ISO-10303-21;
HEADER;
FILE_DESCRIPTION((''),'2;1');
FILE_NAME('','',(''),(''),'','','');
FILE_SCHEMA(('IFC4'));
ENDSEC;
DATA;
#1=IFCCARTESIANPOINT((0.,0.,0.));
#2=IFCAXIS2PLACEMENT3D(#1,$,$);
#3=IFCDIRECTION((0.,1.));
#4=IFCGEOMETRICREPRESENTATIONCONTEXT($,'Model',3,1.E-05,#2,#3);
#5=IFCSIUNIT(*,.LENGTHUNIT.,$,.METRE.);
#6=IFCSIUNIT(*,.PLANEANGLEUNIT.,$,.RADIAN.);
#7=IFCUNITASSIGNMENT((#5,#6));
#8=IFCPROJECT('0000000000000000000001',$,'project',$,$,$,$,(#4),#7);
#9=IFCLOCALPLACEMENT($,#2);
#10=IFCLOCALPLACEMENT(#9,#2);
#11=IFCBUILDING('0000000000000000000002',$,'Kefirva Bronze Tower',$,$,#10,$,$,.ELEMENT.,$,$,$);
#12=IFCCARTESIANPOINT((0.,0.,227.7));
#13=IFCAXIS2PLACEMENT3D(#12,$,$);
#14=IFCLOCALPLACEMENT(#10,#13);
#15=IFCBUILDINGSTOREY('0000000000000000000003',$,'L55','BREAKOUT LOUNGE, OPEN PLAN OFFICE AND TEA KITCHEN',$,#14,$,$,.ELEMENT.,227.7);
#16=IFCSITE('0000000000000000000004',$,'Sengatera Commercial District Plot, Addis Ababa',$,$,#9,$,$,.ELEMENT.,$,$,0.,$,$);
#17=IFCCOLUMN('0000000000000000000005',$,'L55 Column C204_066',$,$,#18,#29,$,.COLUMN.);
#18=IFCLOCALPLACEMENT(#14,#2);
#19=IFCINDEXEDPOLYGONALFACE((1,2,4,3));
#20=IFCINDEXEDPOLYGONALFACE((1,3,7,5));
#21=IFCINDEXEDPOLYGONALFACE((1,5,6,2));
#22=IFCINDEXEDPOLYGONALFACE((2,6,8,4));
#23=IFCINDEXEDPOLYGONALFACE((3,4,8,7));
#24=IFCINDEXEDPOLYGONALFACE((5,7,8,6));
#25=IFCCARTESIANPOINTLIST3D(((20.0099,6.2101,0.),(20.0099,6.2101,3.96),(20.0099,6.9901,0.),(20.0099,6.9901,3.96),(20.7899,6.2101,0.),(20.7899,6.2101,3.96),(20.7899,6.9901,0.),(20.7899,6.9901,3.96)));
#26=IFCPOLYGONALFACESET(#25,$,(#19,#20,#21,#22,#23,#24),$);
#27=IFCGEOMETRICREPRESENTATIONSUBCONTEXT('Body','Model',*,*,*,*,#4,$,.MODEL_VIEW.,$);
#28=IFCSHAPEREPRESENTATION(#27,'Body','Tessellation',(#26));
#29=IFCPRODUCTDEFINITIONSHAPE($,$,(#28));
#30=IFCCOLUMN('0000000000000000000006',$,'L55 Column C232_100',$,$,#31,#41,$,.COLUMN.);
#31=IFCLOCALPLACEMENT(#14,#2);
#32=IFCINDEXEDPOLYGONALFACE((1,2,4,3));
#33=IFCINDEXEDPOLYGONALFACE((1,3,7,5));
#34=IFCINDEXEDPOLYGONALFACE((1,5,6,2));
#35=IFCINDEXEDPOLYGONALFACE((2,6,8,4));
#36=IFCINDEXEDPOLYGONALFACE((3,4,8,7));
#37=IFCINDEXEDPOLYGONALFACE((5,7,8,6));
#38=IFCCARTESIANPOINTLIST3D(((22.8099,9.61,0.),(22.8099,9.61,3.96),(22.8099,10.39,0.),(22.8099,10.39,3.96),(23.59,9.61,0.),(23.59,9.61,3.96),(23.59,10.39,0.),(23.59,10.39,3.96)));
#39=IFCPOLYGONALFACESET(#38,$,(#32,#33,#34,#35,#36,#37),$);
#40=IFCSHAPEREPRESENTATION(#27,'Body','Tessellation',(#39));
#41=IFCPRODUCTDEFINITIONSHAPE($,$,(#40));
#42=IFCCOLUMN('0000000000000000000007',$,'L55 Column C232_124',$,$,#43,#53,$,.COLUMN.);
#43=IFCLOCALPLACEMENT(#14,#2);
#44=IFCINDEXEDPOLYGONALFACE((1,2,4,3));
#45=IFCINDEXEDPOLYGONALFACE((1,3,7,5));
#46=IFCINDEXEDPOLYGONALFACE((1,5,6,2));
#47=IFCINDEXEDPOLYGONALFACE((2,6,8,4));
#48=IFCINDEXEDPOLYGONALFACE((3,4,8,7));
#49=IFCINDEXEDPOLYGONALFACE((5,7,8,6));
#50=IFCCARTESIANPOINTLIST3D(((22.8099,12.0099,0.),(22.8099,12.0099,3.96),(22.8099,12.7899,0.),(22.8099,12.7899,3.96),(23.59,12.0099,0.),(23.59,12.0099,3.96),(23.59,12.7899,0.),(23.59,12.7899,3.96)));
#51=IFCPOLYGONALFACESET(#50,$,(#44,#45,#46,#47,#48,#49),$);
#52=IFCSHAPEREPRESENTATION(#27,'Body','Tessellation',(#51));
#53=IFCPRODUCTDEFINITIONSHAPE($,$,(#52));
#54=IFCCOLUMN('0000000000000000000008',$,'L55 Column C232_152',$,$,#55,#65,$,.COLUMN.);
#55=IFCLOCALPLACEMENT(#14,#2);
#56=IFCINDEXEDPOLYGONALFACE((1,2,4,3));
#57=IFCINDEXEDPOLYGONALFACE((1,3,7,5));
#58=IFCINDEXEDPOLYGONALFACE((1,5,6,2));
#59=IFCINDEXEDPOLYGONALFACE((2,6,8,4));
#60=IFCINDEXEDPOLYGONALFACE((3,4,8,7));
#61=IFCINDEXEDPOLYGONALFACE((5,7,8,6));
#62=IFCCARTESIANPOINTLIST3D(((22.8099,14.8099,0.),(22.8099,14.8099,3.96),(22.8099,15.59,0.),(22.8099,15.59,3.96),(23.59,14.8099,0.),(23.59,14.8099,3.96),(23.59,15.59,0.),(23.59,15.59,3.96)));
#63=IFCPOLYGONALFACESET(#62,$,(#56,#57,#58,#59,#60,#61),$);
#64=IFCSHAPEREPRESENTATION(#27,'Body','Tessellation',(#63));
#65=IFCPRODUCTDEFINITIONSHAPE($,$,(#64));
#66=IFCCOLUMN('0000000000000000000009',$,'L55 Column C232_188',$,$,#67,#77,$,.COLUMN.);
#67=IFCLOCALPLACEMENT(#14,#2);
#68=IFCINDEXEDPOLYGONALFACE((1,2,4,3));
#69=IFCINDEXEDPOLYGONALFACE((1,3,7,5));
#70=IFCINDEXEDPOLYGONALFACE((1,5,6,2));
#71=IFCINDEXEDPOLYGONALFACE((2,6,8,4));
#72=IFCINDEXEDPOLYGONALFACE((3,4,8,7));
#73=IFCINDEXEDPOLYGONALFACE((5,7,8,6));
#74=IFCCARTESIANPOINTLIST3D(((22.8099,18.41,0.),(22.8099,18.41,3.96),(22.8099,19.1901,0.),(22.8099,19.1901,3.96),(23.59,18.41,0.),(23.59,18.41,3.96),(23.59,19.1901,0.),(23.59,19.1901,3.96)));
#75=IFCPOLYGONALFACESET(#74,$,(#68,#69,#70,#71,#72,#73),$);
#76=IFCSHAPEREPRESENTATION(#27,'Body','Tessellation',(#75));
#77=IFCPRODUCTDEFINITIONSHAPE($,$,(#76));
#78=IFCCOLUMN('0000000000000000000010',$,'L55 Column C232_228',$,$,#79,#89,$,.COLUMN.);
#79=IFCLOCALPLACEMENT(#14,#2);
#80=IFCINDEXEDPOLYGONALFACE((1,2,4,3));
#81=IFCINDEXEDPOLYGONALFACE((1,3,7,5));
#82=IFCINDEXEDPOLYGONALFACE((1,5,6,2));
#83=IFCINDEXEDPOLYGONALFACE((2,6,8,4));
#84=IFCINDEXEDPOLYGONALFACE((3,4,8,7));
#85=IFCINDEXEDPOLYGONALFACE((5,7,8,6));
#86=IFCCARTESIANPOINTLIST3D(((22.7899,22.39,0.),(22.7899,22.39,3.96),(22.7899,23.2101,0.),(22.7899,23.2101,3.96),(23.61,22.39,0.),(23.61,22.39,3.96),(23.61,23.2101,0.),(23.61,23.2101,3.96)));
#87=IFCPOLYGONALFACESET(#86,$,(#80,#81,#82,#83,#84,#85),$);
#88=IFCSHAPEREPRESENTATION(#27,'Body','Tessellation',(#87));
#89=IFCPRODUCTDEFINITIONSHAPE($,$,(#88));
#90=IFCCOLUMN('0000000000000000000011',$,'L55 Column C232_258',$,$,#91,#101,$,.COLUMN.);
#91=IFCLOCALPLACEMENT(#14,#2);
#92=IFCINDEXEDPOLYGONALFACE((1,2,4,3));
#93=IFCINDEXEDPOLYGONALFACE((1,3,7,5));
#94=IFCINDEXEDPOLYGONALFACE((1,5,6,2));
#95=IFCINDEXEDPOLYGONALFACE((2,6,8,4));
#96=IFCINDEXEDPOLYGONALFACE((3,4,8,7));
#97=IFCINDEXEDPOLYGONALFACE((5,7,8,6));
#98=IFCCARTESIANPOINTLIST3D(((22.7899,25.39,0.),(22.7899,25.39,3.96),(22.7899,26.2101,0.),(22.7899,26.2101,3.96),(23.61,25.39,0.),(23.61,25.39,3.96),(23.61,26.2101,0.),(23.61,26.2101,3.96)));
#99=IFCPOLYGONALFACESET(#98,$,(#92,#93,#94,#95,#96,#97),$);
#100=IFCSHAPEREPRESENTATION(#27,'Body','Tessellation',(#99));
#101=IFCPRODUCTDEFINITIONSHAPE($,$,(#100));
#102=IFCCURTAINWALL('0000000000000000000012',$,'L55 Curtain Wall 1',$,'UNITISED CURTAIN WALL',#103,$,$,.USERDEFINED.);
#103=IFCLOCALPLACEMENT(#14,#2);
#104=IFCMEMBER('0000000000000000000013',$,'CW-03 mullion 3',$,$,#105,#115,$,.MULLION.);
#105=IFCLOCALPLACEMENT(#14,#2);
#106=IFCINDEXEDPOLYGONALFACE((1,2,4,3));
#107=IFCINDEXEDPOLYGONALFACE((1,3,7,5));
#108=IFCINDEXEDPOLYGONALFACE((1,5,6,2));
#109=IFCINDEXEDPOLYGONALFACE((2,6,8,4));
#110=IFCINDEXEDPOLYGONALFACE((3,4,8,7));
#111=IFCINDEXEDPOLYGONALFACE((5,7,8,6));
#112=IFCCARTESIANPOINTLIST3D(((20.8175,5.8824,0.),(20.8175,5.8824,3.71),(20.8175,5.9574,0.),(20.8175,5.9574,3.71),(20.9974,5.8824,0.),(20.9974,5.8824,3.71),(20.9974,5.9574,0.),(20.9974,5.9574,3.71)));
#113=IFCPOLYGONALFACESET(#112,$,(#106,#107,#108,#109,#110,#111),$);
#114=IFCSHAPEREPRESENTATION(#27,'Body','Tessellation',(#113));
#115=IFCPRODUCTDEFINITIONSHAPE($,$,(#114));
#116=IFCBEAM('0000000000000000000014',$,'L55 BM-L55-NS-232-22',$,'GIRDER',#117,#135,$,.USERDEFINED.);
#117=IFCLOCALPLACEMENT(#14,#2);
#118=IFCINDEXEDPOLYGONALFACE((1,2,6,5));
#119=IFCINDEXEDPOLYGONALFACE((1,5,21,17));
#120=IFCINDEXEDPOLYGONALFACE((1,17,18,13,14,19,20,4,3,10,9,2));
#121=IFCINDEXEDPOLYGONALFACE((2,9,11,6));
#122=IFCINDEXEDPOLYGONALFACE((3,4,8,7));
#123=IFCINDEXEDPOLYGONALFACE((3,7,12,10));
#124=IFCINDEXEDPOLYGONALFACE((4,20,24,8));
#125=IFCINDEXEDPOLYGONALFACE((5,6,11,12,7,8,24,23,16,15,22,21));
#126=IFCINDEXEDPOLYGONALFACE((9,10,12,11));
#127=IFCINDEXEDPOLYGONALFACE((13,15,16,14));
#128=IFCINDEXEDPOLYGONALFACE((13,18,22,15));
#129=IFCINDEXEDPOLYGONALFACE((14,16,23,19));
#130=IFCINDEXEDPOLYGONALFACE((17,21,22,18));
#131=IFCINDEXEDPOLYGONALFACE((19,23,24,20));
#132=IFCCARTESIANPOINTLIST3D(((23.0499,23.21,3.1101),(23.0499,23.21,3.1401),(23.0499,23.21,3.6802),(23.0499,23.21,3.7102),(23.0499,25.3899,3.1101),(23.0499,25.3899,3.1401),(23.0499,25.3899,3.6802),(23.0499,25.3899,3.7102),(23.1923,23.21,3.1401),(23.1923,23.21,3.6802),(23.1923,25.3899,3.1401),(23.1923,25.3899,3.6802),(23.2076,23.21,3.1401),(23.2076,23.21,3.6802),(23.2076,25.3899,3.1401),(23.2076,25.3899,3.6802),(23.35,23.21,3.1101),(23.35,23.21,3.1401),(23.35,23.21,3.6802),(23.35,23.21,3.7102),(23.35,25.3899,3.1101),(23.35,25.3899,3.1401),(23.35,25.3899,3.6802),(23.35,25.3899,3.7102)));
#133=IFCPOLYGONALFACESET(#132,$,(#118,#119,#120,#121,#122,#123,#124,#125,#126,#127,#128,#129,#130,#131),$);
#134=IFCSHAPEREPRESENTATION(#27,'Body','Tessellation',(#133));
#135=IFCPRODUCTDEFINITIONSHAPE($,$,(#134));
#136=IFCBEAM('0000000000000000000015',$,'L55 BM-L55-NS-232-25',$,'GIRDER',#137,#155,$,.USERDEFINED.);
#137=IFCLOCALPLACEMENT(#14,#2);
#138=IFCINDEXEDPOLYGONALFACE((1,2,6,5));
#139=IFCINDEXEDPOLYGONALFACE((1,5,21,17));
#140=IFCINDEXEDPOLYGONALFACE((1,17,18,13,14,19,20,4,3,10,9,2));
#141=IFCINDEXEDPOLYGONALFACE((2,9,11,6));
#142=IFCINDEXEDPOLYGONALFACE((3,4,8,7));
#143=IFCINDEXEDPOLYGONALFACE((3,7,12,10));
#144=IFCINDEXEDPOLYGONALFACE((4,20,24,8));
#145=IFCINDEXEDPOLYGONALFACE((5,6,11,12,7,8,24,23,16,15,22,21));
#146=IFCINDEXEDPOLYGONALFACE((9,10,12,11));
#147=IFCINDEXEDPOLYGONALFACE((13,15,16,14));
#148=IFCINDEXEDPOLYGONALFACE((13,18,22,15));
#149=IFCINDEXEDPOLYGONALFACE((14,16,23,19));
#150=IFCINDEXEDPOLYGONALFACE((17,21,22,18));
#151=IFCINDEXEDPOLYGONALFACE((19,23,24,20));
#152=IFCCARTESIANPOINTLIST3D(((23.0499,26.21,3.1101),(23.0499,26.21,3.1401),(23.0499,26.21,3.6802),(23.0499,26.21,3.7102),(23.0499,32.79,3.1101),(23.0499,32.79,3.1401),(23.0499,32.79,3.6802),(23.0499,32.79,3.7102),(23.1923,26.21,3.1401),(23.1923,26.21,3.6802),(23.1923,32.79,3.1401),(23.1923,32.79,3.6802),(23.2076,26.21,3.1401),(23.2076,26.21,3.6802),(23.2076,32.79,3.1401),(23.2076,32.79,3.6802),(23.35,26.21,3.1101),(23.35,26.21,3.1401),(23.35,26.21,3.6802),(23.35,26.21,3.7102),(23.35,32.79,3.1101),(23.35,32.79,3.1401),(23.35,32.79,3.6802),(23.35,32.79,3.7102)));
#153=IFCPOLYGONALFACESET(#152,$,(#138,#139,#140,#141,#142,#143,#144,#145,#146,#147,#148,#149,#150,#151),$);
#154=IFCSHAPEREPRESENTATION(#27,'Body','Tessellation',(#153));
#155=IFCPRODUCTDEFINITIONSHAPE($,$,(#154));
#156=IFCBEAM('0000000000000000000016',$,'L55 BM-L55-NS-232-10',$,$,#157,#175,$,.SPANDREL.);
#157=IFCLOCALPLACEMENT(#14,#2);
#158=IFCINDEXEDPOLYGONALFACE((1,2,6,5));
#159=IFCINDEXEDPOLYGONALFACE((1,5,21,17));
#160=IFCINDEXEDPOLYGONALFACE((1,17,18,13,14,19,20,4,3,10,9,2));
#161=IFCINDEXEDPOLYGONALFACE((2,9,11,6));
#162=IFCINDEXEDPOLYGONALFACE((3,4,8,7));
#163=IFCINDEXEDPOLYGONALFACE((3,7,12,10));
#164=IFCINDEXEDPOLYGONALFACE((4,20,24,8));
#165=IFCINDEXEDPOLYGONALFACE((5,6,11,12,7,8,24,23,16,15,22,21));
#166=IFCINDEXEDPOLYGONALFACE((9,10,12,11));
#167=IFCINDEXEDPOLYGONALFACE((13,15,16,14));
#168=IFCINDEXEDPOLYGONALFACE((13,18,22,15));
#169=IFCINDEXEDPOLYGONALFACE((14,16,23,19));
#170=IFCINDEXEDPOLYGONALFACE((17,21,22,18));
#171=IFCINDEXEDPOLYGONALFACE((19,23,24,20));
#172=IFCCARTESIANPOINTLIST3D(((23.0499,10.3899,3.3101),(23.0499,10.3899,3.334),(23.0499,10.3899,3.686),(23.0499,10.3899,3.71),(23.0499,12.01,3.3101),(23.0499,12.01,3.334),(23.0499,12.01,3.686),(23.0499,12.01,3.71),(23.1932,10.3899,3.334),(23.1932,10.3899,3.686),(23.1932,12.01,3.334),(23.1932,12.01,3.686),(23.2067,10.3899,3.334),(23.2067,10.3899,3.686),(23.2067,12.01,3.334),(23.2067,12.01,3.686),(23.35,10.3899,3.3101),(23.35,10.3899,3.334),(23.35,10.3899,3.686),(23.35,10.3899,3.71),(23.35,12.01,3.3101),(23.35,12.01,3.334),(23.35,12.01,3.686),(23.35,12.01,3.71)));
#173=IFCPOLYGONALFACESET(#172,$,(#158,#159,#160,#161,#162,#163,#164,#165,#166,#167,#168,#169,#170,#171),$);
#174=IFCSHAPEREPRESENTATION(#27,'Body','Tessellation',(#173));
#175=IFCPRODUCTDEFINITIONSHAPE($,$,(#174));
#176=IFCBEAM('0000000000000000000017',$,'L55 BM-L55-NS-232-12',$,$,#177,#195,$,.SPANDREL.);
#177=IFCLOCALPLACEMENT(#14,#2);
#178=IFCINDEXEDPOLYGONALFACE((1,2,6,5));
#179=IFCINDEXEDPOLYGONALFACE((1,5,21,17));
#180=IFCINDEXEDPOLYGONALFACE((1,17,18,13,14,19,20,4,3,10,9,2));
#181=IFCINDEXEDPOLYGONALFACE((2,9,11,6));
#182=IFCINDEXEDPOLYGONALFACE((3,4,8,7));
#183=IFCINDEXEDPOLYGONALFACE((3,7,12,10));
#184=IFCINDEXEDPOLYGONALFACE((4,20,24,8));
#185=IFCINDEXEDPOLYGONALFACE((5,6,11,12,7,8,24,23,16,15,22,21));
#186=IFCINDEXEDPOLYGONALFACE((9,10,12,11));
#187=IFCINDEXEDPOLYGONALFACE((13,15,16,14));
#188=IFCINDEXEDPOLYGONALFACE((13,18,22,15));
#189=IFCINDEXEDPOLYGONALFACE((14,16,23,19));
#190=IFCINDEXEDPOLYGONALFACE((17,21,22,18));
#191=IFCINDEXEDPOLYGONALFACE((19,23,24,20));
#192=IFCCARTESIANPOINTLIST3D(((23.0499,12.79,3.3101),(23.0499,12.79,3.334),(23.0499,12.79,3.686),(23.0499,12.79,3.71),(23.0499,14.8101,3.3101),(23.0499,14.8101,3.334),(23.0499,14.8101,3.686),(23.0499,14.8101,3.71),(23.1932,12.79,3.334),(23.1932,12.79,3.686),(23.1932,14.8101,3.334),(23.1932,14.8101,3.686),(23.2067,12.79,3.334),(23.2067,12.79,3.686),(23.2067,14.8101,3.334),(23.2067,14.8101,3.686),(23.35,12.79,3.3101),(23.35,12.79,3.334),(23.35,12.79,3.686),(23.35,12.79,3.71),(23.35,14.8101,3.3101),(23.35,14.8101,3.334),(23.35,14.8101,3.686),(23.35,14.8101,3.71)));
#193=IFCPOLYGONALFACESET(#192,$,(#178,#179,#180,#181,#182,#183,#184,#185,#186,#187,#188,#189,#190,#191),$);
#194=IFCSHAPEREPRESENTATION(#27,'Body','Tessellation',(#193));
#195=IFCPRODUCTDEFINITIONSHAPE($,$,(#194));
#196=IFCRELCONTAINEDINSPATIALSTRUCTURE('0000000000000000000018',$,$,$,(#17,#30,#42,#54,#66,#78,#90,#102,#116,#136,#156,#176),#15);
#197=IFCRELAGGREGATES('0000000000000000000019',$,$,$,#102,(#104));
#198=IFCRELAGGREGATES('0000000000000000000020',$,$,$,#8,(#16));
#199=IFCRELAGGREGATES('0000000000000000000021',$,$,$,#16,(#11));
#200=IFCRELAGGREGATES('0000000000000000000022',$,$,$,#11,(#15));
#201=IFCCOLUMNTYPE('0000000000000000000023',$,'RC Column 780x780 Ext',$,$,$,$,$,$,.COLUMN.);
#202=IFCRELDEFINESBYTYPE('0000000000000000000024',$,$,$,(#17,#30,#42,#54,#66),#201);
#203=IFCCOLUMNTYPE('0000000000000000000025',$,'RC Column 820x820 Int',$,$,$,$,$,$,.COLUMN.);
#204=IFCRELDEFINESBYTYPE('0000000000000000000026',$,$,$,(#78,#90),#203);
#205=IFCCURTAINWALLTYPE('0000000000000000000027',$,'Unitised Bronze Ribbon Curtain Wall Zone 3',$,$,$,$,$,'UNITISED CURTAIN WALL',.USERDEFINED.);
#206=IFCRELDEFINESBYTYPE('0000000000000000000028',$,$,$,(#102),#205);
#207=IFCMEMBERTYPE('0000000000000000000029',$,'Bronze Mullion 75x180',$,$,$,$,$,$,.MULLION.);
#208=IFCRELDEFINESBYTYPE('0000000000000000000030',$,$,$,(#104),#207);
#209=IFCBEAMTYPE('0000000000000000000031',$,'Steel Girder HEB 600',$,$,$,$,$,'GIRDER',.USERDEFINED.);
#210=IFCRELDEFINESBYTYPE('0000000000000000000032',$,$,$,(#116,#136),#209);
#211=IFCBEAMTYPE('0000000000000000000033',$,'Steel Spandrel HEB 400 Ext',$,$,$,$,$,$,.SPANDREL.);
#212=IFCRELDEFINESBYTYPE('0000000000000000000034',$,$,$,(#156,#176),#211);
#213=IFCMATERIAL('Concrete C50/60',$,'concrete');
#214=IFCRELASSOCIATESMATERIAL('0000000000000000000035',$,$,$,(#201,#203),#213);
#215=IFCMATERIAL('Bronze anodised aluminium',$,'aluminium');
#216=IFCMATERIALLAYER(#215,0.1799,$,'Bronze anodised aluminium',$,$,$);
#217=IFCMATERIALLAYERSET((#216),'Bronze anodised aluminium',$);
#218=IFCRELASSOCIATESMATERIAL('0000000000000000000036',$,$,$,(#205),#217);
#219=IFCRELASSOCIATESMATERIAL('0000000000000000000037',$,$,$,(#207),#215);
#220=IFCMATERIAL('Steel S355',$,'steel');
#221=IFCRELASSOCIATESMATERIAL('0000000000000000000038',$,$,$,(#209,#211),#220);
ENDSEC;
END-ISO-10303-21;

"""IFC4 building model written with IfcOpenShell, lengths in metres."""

from ifc_helpers import new_model, si_unit, direction, frame, origin, origin_2d, place, context, subcontext, project, spatial, rectangle, i_section, extrude, material, layer, layer_set, material_profile, profile_set, type_object, element, aggregate, save


model = new_model("IFC4")

# Units and contexts
model_context = context("Model", 3, precision=1e-05, world=origin(), true_north=direction((0.0, 1.0)))
body_context = subcontext(model_context, "Body", "Model", "MODEL_VIEW")
ifc_project = project(units=[si_unit("LENGTHUNIT", "METRE"), si_unit("PLANEANGLEUNIT", "RADIAN")], contexts=[model_context])

# Site, building, storey
site_placement = place(None, origin())
site = spatial("IfcSite", under=ifc_project, at=site_placement, Name="Sengatera Commercial District Plot, Addis Ababa", CompositionType="ELEMENT", RefElevation=0.0)
building_placement = place(site_placement, origin())
building = spatial("IfcBuilding", under=site, at=building_placement, Name="Kefirva Bronze Tower", CompositionType="ELEMENT")
storey_placement = place(building_placement, frame((0.0, 0.0, 227.7)))
storey = spatial("IfcBuildingStorey", under=building, at=storey_placement, Name="L55", Description="BREAKOUT LOUNGE, OPEN PLAN OFFICE AND TEA KITCHEN", CompositionType="ELEMENT", Elevation=227.7)

# Columns
ifc_material_1 = material(Name="Concrete C50/60", Category="concrete")
ifc_material_profile_1 = material_profile(ifc_material_1, rectangle(XDim=0.78, YDim=0.78, at=origin_2d()), Name="RC 780x780")
ifc_profile_set_1 = profile_set([ifc_material_profile_1], Name="Concrete C50/60")
column_type_1 = type_object("IfcColumnType", Name="RC Column 780x780 Ext", PredefinedType="COLUMN", material=ifc_profile_set_1)
for number, where, z_axis, x_axis, name in (
    (1, (20.3999, 6.6001, 0.0), (0.0, 0.0, 1.0), (1.0, 0.0, 0.0), "L55 Column C204_066"),
    (2, (23.2, 10.0, 0.0), (0.0, 0.0, 1.0), (1.0, 0.0, 0.0), "L55 Column C232_100"),
    (3, (23.2, 12.3999, 0.0), (0.0, 0.0, 1.0), (1.0, 0.0, 0.0), "L55 Column C232_124"),
    (4, (23.2, 15.2, 0.0), (0.0, 0.0, 1.0), (1.0, 0.0, 0.0), "L55 Column C232_152"),
    (5, (23.2, 18.8, 0.0), (0.0, 0.0, 1.0), (1.0, 0.0, 0.0), "L55 Column C232_188"),
):
    element("IfcColumn", number, at=place(storey_placement, frame(where, z_axis=z_axis, x_axis=x_axis)), inside=storey, type_object=column_type_1, Name=name, PredefinedType="COLUMN", context=body_context, shape_type="SweptSolid", body=[
        extrude(rectangle(XDim=0.78, YDim=0.78, at=origin_2d()), origin(), (0.0, 0.0, 1.0), 3.96),
    ])
ifc_material_profile_2 = material_profile(ifc_material_1, rectangle(XDim=0.8201, YDim=0.8201, at=origin_2d()), Name="RC 820x820")
ifc_profile_set_2 = profile_set([ifc_material_profile_2], Name="Concrete C50/60")
column_type_2 = type_object("IfcColumnType", Name="RC Column 820x820 Int", PredefinedType="COLUMN", material=ifc_profile_set_2)
for number, where, z_axis, x_axis, name in (
    (6, (23.2, 22.8, 0.0), (0.0, 0.0, 1.0), (1.0, 0.0, 0.0), "L55 Column C232_228"),
    (7, (23.2, 25.8, 0.0), (0.0, 0.0, 1.0), (1.0, 0.0, 0.0), "L55 Column C232_258"),
):
    element("IfcColumn", number, at=place(storey_placement, frame(where, z_axis=z_axis, x_axis=x_axis)), inside=storey, type_object=column_type_2, Name=name, PredefinedType="COLUMN", context=body_context, shape_type="SweptSolid", body=[
        extrude(rectangle(XDim=0.8201, YDim=0.8201, at=origin_2d()), origin(), (0.0, 0.0, 1.0), 3.96),
    ])

# Curtain wall, member
ifc_material_2 = material(Name="Bronze anodised aluminium", Category="aluminium")
ifc_layer_1 = layer(ifc_material_2, 0.1799, Name="Bronze anodised aluminium")
ifc_layer_set_1 = layer_set([ifc_layer_1], Name="Bronze anodised aluminium")
curtain_wall_type = type_object("IfcCurtainWallType", Name="Unitised Bronze Ribbon Curtain Wall Zone 3", ElementType="UNITISED CURTAIN WALL", PredefinedType="USERDEFINED", material=ifc_layer_set_1)
curtain_wall_placement = place(storey_placement, origin())
curtain_wall = element("IfcCurtainWall", 8, at=curtain_wall_placement, inside=storey, type_object=curtain_wall_type, Name="L55 Curtain Wall 1", ObjectType="UNITISED CURTAIN WALL", PredefinedType="USERDEFINED")
ifc_material_profile_3 = material_profile(ifc_material_2, rectangle(XDim=0.075, YDim=0.1799, at=origin_2d()), Name="ALU 75x180")
ifc_profile_set_3 = profile_set([ifc_material_profile_3], Name="Bronze anodised aluminium")
member_type = type_object("IfcMemberType", Name="Bronze Mullion 75x180", PredefinedType="MULLION", material=ifc_profile_set_3)
member_placement = place(storey_placement, frame((20.9075, 5.9199, 0.0), z_axis=(0.0, 0.0, 1.0), x_axis=(0.0, 1.0, 0.0)))
member = element("IfcMember", 9, at=member_placement, type_object=member_type, Name="CW-03 mullion 3", PredefinedType="MULLION", context=body_context, shape_type="SweptSolid", body=[
    extrude(rectangle(XDim=0.075, YDim=0.1799, at=origin_2d()), origin(), (0.0, 0.0, 1.0), 3.71),
])
aggregate(curtain_wall, [member])

# Beams
ifc_material_3 = material(Name="Steel S355", Category="steel")
ifc_material_profile_4 = material_profile(ifc_material_3, i_section(OverallWidth=0.3, OverallDepth=0.6001, WebThickness=0.0154, FlangeThickness=0.03, at=origin_2d()), Name="HEB 600")
ifc_profile_set_4 = profile_set([ifc_material_profile_4], Name="Steel S355")
beam_type_1 = type_object("IfcBeamType", Name="Steel Girder HEB 600", ElementType="GIRDER", PredefinedType="USERDEFINED", material=ifc_profile_set_4)
beam_1_placement = place(storey_placement, frame((23.2, 23.21, 3.4102), z_axis=(0.0, 1.0, 0.0), x_axis=(-1.0, 0.0, 0.0)))
element("IfcBeam", 10, at=beam_1_placement, inside=storey, type_object=beam_type_1, Name="L55 BM-L55-NS-232-22", ObjectType="GIRDER", PredefinedType="USERDEFINED", context=body_context, shape_type="SweptSolid", body=[
    extrude(i_section(OverallWidth=0.3, OverallDepth=0.6001, WebThickness=0.0154, FlangeThickness=0.03, at=origin_2d()), origin(), (0.0, 0.0, 1.0), 2.1799),
])
beam_2_placement = place(storey_placement, frame((23.2, 26.21, 3.4102), z_axis=(0.0, 1.0, 0.0), x_axis=(-1.0, 0.0, 0.0)))
element("IfcBeam", 11, at=beam_2_placement, inside=storey, type_object=beam_type_1, Name="L55 BM-L55-NS-232-25", ObjectType="GIRDER", PredefinedType="USERDEFINED", context=body_context, shape_type="SweptSolid", body=[
    extrude(i_section(OverallWidth=0.3, OverallDepth=0.6001, WebThickness=0.0154, FlangeThickness=0.03, at=origin_2d()), origin(), (0.0, 0.0, 1.0), 6.5801),
])
ifc_material_profile_5 = material_profile(ifc_material_3, i_section(OverallWidth=0.3, OverallDepth=0.3999, WebThickness=0.0134, FlangeThickness=0.0239, at=origin_2d()), Name="HEB 400")
ifc_profile_set_5 = profile_set([ifc_material_profile_5], Name="Steel S355")
beam_type_2 = type_object("IfcBeamType", Name="Steel Spandrel HEB 400 Ext", PredefinedType="SPANDREL", material=ifc_profile_set_5)
beam_3_placement = place(storey_placement, frame((23.2, 10.3899, 3.51), z_axis=(0.0, 1.0, 0.0), x_axis=(-1.0, 0.0, 0.0)))
element("IfcBeam", 12, at=beam_3_placement, inside=storey, type_object=beam_type_2, Name="L55 BM-L55-NS-232-10", PredefinedType="SPANDREL", context=body_context, shape_type="SweptSolid", body=[
    extrude(i_section(OverallWidth=0.3, OverallDepth=0.3999, WebThickness=0.0134, FlangeThickness=0.0239, at=origin_2d()), origin(), (0.0, 0.0, 1.0), 1.6201),
])
beam_4_placement = place(storey_placement, frame((23.2, 12.79, 3.51), z_axis=(0.0, 1.0, 0.0), x_axis=(-1.0, 0.0, 0.0)))
element("IfcBeam", 13, at=beam_4_placement, inside=storey, type_object=beam_type_2, Name="L55 BM-L55-NS-232-12", PredefinedType="SPANDREL", context=body_context, shape_type="SweptSolid", body=[
    extrude(i_section(OverallWidth=0.3, OverallDepth=0.3999, WebThickness=0.0134, FlangeThickness=0.0239, at=origin_2d()), origin(), (0.0, 0.0, 1.0), 2.02),
])

save(model, "model.ifc")
